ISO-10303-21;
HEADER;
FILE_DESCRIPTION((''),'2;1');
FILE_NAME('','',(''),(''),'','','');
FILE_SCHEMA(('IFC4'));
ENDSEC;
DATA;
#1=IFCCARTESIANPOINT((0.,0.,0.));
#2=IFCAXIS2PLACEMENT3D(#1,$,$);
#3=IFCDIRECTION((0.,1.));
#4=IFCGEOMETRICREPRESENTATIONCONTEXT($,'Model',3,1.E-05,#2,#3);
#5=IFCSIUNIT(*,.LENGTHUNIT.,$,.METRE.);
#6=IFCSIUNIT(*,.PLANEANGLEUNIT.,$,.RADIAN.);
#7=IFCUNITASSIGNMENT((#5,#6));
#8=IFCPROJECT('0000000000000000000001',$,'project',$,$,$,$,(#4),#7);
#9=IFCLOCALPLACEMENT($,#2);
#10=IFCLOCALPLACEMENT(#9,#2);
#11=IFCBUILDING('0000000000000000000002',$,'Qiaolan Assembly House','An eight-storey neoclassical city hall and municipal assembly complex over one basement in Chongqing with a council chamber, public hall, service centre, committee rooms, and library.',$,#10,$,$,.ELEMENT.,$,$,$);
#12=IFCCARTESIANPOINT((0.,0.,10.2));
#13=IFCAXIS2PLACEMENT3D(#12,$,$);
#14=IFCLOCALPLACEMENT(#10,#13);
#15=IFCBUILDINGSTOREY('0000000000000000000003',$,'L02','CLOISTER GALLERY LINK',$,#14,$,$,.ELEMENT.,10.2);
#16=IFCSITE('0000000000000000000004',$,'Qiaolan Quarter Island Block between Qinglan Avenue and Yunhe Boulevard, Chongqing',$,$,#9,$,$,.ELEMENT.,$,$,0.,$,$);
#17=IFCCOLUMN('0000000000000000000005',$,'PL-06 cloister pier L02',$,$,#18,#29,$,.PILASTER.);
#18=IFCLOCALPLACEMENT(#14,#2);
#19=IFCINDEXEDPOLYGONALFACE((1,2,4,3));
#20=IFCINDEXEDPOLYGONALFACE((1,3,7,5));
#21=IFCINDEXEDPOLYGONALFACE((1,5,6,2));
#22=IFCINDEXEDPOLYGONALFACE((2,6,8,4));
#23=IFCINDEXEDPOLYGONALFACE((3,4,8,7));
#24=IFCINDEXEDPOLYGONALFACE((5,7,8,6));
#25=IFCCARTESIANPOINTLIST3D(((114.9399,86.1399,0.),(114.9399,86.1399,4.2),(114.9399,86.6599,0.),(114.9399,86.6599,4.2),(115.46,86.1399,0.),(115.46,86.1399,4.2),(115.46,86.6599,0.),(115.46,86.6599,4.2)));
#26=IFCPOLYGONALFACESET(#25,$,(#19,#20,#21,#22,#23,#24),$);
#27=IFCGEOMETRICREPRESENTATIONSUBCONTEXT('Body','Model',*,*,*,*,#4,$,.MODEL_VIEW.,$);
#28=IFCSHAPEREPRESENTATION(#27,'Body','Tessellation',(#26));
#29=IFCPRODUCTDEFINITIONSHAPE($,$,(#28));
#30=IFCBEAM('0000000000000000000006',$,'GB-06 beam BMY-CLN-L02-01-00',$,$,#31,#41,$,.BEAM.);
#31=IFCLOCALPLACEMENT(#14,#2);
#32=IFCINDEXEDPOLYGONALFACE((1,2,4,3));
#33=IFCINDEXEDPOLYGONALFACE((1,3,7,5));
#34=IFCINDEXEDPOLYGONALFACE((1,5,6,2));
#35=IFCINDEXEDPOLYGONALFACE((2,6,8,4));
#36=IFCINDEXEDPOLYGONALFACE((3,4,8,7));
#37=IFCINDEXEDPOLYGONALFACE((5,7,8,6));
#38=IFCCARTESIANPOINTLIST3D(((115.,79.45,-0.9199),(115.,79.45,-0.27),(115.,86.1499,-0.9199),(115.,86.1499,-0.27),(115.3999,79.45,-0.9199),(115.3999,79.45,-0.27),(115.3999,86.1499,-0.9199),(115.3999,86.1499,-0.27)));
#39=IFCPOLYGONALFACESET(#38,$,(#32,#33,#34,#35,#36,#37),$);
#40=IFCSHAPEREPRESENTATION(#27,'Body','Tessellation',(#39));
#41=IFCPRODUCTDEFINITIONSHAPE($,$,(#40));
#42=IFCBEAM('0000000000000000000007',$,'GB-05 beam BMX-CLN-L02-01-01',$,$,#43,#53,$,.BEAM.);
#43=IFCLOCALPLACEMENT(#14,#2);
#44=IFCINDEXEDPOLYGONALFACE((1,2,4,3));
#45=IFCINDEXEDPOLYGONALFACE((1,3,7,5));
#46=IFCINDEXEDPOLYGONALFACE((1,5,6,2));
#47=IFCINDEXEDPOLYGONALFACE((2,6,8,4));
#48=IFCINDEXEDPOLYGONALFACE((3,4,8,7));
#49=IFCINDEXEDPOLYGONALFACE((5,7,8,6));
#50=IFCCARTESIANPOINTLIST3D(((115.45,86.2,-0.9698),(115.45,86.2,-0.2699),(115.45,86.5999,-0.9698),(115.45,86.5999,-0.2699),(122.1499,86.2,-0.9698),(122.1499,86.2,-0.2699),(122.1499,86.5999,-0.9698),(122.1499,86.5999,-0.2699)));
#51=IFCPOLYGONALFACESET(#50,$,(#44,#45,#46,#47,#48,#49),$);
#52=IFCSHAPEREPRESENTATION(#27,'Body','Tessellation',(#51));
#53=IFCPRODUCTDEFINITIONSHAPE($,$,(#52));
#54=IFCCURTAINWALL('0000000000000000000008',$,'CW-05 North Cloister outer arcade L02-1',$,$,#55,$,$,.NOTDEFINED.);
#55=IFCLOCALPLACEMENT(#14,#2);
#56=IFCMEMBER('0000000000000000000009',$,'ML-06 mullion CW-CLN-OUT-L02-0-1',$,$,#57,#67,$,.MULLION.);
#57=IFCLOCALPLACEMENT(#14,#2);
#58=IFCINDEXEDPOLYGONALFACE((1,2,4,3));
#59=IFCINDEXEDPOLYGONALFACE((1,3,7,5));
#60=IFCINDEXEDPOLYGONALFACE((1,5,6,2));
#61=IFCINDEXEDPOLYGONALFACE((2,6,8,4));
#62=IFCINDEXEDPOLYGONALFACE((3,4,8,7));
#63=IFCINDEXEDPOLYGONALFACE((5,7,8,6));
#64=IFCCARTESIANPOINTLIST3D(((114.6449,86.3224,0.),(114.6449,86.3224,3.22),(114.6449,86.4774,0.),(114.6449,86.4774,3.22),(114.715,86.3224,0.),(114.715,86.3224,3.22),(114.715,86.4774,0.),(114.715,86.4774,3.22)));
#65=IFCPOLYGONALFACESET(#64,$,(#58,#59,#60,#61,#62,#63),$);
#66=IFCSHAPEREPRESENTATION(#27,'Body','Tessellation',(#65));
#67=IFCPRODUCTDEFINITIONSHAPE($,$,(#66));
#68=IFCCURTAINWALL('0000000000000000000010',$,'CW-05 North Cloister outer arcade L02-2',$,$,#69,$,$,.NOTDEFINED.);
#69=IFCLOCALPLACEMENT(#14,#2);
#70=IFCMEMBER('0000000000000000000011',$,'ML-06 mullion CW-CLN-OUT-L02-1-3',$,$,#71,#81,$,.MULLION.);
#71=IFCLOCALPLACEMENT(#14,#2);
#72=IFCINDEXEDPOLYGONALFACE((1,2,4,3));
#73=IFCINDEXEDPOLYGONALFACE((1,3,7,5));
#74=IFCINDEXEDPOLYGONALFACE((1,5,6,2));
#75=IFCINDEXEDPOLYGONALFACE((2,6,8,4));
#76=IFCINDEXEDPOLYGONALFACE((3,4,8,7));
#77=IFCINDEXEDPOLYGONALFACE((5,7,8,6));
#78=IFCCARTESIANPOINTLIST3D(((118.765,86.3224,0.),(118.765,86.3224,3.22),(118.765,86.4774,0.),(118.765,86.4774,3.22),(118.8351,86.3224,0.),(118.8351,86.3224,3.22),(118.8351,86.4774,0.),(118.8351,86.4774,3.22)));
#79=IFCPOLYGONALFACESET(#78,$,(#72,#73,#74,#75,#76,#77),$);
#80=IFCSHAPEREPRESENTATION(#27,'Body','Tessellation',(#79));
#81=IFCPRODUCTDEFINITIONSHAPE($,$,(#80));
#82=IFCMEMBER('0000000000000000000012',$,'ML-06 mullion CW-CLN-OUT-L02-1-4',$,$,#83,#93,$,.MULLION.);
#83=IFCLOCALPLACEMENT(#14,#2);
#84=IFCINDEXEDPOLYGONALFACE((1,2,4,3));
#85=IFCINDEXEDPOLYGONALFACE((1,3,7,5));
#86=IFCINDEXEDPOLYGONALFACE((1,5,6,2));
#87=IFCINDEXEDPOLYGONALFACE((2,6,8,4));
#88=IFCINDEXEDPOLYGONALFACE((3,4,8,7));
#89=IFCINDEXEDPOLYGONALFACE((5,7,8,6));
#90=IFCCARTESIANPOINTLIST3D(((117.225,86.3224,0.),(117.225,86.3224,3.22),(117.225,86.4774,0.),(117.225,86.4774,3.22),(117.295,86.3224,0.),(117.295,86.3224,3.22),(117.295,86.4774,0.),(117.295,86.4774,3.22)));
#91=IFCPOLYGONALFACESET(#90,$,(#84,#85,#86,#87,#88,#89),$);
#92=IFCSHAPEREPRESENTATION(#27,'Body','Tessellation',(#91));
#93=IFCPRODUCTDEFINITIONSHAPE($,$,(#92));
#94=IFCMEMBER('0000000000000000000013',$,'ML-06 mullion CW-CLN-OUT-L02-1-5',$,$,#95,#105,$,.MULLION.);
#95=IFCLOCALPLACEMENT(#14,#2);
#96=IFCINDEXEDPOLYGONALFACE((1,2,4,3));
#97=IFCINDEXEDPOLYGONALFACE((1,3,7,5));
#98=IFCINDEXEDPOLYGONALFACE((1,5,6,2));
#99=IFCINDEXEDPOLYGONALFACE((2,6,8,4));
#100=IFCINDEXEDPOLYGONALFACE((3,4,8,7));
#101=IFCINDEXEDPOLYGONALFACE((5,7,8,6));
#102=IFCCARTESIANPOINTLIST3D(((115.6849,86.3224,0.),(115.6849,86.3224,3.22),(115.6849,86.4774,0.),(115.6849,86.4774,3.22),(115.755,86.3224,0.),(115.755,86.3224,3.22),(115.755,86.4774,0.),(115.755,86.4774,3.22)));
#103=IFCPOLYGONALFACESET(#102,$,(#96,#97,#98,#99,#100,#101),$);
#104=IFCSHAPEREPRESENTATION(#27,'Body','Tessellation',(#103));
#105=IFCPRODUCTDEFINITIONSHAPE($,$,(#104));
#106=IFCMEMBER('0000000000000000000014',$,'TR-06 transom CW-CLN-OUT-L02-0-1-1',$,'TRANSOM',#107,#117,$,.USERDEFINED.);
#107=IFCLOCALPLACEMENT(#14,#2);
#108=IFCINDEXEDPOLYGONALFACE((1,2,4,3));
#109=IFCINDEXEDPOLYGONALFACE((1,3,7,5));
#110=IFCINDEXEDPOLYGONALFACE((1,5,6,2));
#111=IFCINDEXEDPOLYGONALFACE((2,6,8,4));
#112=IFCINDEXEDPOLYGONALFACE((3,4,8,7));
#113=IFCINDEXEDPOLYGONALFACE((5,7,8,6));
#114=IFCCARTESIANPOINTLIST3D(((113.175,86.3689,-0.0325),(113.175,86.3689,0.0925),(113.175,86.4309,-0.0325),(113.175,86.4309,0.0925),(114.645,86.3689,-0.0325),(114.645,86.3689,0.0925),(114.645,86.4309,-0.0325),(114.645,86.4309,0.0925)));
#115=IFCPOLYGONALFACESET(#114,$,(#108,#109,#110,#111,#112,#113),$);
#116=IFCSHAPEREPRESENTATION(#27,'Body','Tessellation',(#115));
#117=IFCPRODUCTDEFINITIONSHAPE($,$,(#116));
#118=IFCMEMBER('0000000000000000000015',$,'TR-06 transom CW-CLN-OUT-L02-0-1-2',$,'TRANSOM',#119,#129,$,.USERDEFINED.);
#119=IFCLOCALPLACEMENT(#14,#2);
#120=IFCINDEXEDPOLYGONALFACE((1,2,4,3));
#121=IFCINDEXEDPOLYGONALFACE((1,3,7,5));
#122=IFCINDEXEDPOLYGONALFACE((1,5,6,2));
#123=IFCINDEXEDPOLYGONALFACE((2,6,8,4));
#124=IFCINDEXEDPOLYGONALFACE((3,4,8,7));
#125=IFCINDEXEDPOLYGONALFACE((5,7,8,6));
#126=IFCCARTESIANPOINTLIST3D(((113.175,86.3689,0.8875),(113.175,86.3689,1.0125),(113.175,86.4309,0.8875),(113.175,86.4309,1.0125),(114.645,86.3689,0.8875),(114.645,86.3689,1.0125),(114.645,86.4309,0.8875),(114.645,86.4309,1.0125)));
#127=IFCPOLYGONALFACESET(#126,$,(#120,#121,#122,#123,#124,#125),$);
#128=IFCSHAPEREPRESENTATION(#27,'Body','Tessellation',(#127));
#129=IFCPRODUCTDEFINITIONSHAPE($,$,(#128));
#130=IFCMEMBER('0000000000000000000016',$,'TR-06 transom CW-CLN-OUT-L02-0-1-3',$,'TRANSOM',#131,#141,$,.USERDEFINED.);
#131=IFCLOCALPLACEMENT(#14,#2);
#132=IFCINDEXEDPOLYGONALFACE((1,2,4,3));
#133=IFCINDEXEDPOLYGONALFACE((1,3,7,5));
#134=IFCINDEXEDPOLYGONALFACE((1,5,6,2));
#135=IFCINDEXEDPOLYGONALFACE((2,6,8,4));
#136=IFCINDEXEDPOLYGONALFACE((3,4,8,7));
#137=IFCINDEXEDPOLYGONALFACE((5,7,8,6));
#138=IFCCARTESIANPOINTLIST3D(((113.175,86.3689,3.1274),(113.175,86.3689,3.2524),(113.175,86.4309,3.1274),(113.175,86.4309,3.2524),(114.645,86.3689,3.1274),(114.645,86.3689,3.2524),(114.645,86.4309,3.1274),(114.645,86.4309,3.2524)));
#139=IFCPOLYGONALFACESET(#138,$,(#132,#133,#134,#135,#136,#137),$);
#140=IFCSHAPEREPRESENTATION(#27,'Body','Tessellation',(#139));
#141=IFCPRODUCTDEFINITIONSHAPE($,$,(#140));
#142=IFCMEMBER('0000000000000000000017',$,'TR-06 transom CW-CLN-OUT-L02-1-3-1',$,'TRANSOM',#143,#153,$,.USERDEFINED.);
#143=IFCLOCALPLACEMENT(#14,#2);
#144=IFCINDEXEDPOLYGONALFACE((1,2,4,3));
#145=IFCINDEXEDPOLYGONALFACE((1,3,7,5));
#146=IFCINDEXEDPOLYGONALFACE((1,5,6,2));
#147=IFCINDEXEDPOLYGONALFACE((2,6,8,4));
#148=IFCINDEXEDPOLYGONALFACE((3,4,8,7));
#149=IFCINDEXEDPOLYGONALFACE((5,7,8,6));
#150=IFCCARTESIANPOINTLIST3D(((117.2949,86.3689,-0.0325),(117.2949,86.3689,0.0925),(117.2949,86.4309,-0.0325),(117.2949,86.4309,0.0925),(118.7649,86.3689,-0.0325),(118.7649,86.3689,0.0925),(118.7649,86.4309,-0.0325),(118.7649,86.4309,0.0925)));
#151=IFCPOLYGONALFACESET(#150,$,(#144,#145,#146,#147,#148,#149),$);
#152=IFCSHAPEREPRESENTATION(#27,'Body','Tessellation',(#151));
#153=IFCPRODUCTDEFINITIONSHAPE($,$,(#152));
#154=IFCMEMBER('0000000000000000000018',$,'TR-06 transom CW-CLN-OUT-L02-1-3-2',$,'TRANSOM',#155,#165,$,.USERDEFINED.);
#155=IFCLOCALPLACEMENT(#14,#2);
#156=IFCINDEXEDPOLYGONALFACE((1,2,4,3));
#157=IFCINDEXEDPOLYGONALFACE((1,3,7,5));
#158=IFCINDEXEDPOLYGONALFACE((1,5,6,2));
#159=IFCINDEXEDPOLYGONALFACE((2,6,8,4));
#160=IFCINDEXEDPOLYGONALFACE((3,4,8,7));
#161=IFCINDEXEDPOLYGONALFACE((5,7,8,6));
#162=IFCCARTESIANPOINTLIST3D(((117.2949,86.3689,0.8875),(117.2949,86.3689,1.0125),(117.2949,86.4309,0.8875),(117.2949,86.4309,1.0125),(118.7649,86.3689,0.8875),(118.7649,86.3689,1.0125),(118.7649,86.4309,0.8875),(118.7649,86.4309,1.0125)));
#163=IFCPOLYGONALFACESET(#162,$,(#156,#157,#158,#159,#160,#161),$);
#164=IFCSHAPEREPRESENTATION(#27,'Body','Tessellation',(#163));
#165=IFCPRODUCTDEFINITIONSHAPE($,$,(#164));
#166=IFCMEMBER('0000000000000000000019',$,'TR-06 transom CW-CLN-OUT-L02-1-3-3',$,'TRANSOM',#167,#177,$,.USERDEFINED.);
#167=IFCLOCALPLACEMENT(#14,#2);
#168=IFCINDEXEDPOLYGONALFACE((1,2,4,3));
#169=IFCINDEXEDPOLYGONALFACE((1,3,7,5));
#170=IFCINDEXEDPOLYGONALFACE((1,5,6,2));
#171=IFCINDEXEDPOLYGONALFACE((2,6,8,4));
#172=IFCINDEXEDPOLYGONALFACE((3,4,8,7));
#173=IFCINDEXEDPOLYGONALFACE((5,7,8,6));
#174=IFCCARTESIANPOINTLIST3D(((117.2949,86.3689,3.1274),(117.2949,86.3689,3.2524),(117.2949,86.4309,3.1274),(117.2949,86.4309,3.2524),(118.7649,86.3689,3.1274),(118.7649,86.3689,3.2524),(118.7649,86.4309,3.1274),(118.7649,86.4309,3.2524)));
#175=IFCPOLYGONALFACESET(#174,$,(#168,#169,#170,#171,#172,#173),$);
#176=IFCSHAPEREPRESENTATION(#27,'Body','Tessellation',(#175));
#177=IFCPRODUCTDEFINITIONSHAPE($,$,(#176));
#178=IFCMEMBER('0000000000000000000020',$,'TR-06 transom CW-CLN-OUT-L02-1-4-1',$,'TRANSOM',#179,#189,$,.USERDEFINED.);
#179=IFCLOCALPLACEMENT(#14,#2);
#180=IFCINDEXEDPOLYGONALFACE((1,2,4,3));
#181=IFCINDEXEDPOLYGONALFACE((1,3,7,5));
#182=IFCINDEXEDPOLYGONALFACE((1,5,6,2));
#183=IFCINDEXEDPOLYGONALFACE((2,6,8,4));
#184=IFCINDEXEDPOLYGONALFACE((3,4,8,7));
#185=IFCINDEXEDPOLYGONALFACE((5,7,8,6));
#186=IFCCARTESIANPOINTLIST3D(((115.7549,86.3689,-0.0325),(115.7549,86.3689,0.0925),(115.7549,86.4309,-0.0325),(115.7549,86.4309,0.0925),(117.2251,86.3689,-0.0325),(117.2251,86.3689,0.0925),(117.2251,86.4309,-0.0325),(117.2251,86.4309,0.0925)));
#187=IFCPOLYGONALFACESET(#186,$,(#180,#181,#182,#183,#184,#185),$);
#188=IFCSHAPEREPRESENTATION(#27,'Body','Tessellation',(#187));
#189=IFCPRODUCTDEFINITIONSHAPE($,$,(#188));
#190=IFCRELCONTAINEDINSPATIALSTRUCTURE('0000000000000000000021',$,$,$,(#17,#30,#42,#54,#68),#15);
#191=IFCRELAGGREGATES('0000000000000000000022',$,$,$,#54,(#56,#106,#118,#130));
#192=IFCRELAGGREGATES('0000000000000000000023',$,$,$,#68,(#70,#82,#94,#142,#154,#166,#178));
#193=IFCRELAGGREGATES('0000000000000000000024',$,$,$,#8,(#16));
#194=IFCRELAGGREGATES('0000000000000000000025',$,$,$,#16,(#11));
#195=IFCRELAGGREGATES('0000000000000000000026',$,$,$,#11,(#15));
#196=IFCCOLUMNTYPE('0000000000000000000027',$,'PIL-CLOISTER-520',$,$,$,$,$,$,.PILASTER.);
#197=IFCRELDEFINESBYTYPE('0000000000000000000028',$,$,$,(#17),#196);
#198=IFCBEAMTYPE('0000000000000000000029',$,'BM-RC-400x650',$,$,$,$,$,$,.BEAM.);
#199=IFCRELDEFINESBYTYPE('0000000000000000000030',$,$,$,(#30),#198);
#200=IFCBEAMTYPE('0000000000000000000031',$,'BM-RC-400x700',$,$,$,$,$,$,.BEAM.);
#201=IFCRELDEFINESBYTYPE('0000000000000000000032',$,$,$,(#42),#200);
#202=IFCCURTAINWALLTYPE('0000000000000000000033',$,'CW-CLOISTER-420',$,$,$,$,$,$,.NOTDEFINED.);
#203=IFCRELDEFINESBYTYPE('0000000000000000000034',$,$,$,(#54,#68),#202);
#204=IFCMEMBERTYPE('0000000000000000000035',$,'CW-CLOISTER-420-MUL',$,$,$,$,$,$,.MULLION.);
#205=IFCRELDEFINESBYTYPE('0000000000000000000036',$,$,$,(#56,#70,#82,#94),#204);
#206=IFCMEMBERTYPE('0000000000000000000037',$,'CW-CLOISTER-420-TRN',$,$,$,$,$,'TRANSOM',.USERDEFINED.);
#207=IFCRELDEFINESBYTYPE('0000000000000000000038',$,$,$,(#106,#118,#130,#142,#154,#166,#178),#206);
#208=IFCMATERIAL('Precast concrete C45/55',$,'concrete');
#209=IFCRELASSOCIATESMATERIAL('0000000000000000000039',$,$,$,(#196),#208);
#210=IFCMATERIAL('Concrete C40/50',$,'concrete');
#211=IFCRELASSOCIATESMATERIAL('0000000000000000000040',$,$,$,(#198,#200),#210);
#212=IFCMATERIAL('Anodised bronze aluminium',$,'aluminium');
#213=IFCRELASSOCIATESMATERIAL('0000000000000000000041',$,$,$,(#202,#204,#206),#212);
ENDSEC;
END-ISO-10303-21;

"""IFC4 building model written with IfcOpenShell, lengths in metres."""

from ifc_helpers import new_model, si_unit, direction, frame, origin, origin_2d, place, context, subcontext, project, spatial, rectangle, extrude, material, material_profile, profile_set, type_object, element, aggregate, save


model = new_model("IFC4")

# Units and contexts
model_context = context("Model", 3, precision=1e-05, world=origin(), true_north=direction((0.0, 1.0)))
body_context = subcontext(model_context, "Body", "Model", "MODEL_VIEW")
ifc_project = project(units=[si_unit("LENGTHUNIT", "METRE"), si_unit("PLANEANGLEUNIT", "RADIAN")], contexts=[model_context])

# Site, building, storey
site_placement = place(None, origin())
site = spatial("IfcSite", under=ifc_project, at=site_placement, Name="Qiaolan Quarter Island Block between Qinglan Avenue and Yunhe Boulevard, Chongqing", CompositionType="ELEMENT", RefElevation=0.0)
building_placement = place(site_placement, origin())
building = spatial("IfcBuilding", under=site, at=building_placement, Name="Qiaolan Assembly House", Description="An eight-storey neoclassical city hall and municipal assembly complex over one basement in Chongqing with a council chamber, public hall, service centre, committee rooms, and library.", CompositionType="ELEMENT")
storey_placement = place(building_placement, frame((0.0, 0.0, 10.2)))
storey = spatial("IfcBuildingStorey", under=building, at=storey_placement, Name="L02", Description="CLOISTER GALLERY LINK", CompositionType="ELEMENT", Elevation=10.2)

# Column
ifc_material_1 = material(Name="Precast concrete C45/55", Category="concrete")
ifc_material_profile_1 = material_profile(ifc_material_1, rectangle(XDim=0.52, YDim=0.52, at=origin_2d()), Name="PIL 520x520")
ifc_profile_set_1 = profile_set([ifc_material_profile_1], Name="Precast concrete C45/55")
column_type = type_object("IfcColumnType", Name="PIL-CLOISTER-520", PredefinedType="PILASTER", material=ifc_profile_set_1)
column_placement = place(storey_placement, frame((115.2, 86.3999, 0.0), z_axis=(0.0, 0.0, 1.0), x_axis=(1.0, 0.0, 0.0)))
element("IfcColumn", 1, at=column_placement, inside=storey, type_object=column_type, Name="PL-06 cloister pier L02", PredefinedType="PILASTER", context=body_context, shape_type="SweptSolid", body=[
    extrude(rectangle(XDim=0.52, YDim=0.52, at=origin_2d()), origin(), (0.0, 0.0, 1.0), 4.2),
])

# Beams
ifc_material_2 = material(Name="Concrete C40/50", Category="concrete")
ifc_material_profile_2 = material_profile(ifc_material_2, rectangle(XDim=0.3999, YDim=0.6499, at=origin_2d()), Name="RCB 400x650")
ifc_profile_set_2 = profile_set([ifc_material_profile_2], Name="Concrete C40/50")
beam_type_1 = type_object("IfcBeamType", Name="BM-RC-400x650", PredefinedType="BEAM", material=ifc_profile_set_2)
beam_1_placement = place(storey_placement, frame((115.2, 79.45, -0.595), z_axis=(0.0, 1.0, 0.0), x_axis=(-1.0, 0.0, 0.0)))
element("IfcBeam", 2, at=beam_1_placement, inside=storey, type_object=beam_type_1, Name="GB-06 beam BMY-CLN-L02-01-00", PredefinedType="BEAM", context=body_context, shape_type="SweptSolid", body=[
    extrude(rectangle(XDim=0.3999, YDim=0.6499, at=origin_2d()), origin(), (0.0, 0.0, 1.0), 6.7),
])
ifc_material_profile_3 = material_profile(ifc_material_2, rectangle(XDim=0.3999, YDim=0.7, at=origin_2d()), Name="RCB 400x700")
ifc_profile_set_3 = profile_set([ifc_material_profile_3], Name="Concrete C40/50")
beam_type_2 = type_object("IfcBeamType", Name="BM-RC-400x700", PredefinedType="BEAM", material=ifc_profile_set_3)
beam_2_placement = place(storey_placement, frame((115.45, 86.3999, -0.6199), z_axis=(1.0, 0.0, 0.0), x_axis=(0.0, 1.0, 0.0)))
element("IfcBeam", 3, at=beam_2_placement, inside=storey, type_object=beam_type_2, Name="GB-05 beam BMX-CLN-L02-01-01", PredefinedType="BEAM", context=body_context, shape_type="SweptSolid", body=[
    extrude(rectangle(XDim=0.3999, YDim=0.7, at=origin_2d()), origin(), (0.0, 0.0, 1.0), 6.7),
])

# Curtain wall, member
ifc_material_3 = material(Name="Anodised bronze aluminium", Category="aluminium")
curtain_wall_type = type_object("IfcCurtainWallType", Name="CW-CLOISTER-420", PredefinedType="NOTDEFINED", material=ifc_material_3)
curtain_wall_1_placement = place(storey_placement, origin())
curtain_wall_1 = element("IfcCurtainWall", 4, at=curtain_wall_1_placement, inside=storey, type_object=curtain_wall_type, Name="CW-05 North Cloister outer arcade L02-1", PredefinedType="NOTDEFINED")
ifc_material_profile_4 = material_profile(ifc_material_3, rectangle(XDim=0.0701, YDim=0.155, at=origin_2d()), Name="MUL 70x155")
ifc_profile_set_4 = profile_set([ifc_material_profile_4], Name="Anodised bronze aluminium")
member_type_1 = type_object("IfcMemberType", Name="CW-CLOISTER-420-MUL", PredefinedType="MULLION", material=ifc_profile_set_4)
member_1_placement = place(storey_placement, frame((114.6799, 86.3999, 0.0), z_axis=(0.0, 0.0, 1.0), x_axis=(-1.0, 0.0, 0.0)))
member_1 = element("IfcMember", 5, at=member_1_placement, type_object=member_type_1, Name="ML-06 mullion CW-CLN-OUT-L02-0-1", PredefinedType="MULLION", context=body_context, shape_type="SweptSolid", body=[
    extrude(rectangle(XDim=0.0701, YDim=0.155, at=origin_2d()), origin(), (0.0, 0.0, 1.0), 3.22),
])

# Curtain wall, members
curtain_wall_2_placement = place(storey_placement, origin())
curtain_wall_2 = element("IfcCurtainWall", 6, at=curtain_wall_2_placement, inside=storey, type_object=curtain_wall_type, Name="CW-05 North Cloister outer arcade L02-2", PredefinedType="NOTDEFINED")
member_2_placement = place(storey_placement, frame((118.8, 86.3999, 0.0), z_axis=(0.0, 0.0, 1.0), x_axis=(-1.0, 0.0, 0.0)))
member_2 = element("IfcMember", 7, at=member_2_placement, type_object=member_type_1, Name="ML-06 mullion CW-CLN-OUT-L02-1-3", PredefinedType="MULLION", context=body_context, shape_type="SweptSolid", body=[
    extrude(rectangle(XDim=0.0701, YDim=0.155, at=origin_2d()), origin(), (0.0, 0.0, 1.0), 3.22),
])
member_3_placement = place(storey_placement, frame((117.26, 86.3999, 0.0), z_axis=(0.0, 0.0, 1.0), x_axis=(-1.0, 0.0, 0.0)))
member_3 = element("IfcMember", 8, at=member_3_placement, type_object=member_type_1, Name="ML-06 mullion CW-CLN-OUT-L02-1-4", PredefinedType="MULLION", context=body_context, shape_type="SweptSolid", body=[
    extrude(rectangle(XDim=0.0701, YDim=0.155, at=origin_2d()), origin(), (0.0, 0.0, 1.0), 3.22),
])
member_4_placement = place(storey_placement, frame((115.72, 86.3999, 0.0), z_axis=(0.0, 0.0, 1.0), x_axis=(-1.0, 0.0, 0.0)))
member_4 = element("IfcMember", 9, at=member_4_placement, type_object=member_type_1, Name="ML-06 mullion CW-CLN-OUT-L02-1-5", PredefinedType="MULLION", context=body_context, shape_type="SweptSolid", body=[
    extrude(rectangle(XDim=0.0701, YDim=0.155, at=origin_2d()), origin(), (0.0, 0.0, 1.0), 3.22),
])

# Members
ifc_material_profile_5 = material_profile(ifc_material_3, rectangle(XDim=0.062, YDim=0.125, at=origin_2d()), Name="TRN 62x125")
ifc_profile_set_5 = profile_set([ifc_material_profile_5], Name="Anodised bronze aluminium")
member_type_2 = type_object("IfcMemberType", Name="CW-CLOISTER-420-TRN", ElementType="TRANSOM", PredefinedType="USERDEFINED", material=ifc_profile_set_5)
member_5_placement = place(storey_placement, frame((114.645, 86.3999, 0.03), z_axis=(-1.0, 0.0, 0.0), x_axis=(0.0, -1.0, 0.0)))
member_5 = element("IfcMember", 10, at=member_5_placement, type_object=member_type_2, Name="TR-06 transom CW-CLN-OUT-L02-0-1-1", ObjectType="TRANSOM", PredefinedType="USERDEFINED", context=body_context, shape_type="SweptSolid", body=[
    extrude(rectangle(XDim=0.062, YDim=0.125, at=origin_2d()), origin(), (0.0, 0.0, 1.0), 1.47),
])
member_6_placement = place(storey_placement, frame((114.645, 86.3999, 0.95), z_axis=(-1.0, 0.0, 0.0), x_axis=(0.0, -1.0, 0.0)))
member_6 = element("IfcMember", 11, at=member_6_placement, type_object=member_type_2, Name="TR-06 transom CW-CLN-OUT-L02-0-1-2", ObjectType="TRANSOM", PredefinedType="USERDEFINED", context=body_context, shape_type="SweptSolid", body=[
    extrude(rectangle(XDim=0.062, YDim=0.125, at=origin_2d()), origin(), (0.0, 0.0, 1.0), 1.47),
])
member_7_placement = place(storey_placement, frame((114.645, 86.3999, 3.1899), z_axis=(-1.0, 0.0, 0.0), x_axis=(0.0, -1.0, 0.0)))
member_7 = element("IfcMember", 12, at=member_7_placement, type_object=member_type_2, Name="TR-06 transom CW-CLN-OUT-L02-0-1-3", ObjectType="TRANSOM", PredefinedType="USERDEFINED", context=body_context, shape_type="SweptSolid", body=[
    extrude(rectangle(XDim=0.062, YDim=0.125, at=origin_2d()), origin(), (0.0, 0.0, 1.0), 1.47),
])
member_8_placement = place(storey_placement, frame((118.7649, 86.3999, 0.03), z_axis=(-1.0, 0.0, 0.0), x_axis=(0.0, -1.0, 0.0)))
member_8 = element("IfcMember", 13, at=member_8_placement, type_object=member_type_2, Name="TR-06 transom CW-CLN-OUT-L02-1-3-1", ObjectType="TRANSOM", PredefinedType="USERDEFINED", context=body_context, shape_type="SweptSolid", body=[
    extrude(rectangle(XDim=0.062, YDim=0.125, at=origin_2d()), origin(), (0.0, 0.0, 1.0), 1.47),
])
member_9_placement = place(storey_placement, frame((118.7649, 86.3999, 0.95), z_axis=(-1.0, 0.0, 0.0), x_axis=(0.0, -1.0, 0.0)))
member_9 = element("IfcMember", 14, at=member_9_placement, type_object=member_type_2, Name="TR-06 transom CW-CLN-OUT-L02-1-3-2", ObjectType="TRANSOM", PredefinedType="USERDEFINED", context=body_context, shape_type="SweptSolid", body=[
    extrude(rectangle(XDim=0.062, YDim=0.125, at=origin_2d()), origin(), (0.0, 0.0, 1.0), 1.47),
])
member_10_placement = place(storey_placement, frame((118.7649, 86.3999, 3.1899), z_axis=(-1.0, 0.0, 0.0), x_axis=(0.0, -1.0, 0.0)))
member_10 = element("IfcMember", 15, at=member_10_placement, type_object=member_type_2, Name="TR-06 transom CW-CLN-OUT-L02-1-3-3", ObjectType="TRANSOM", PredefinedType="USERDEFINED", context=body_context, shape_type="SweptSolid", body=[
    extrude(rectangle(XDim=0.062, YDim=0.125, at=origin_2d()), origin(), (0.0, 0.0, 1.0), 1.47),
])
member_11_placement = place(storey_placement, frame((117.2251, 86.3999, 0.03), z_axis=(-1.0, 0.0, 0.0), x_axis=(0.0, -1.0, 0.0)))
member_11 = element("IfcMember", 16, at=member_11_placement, type_object=member_type_2, Name="TR-06 transom CW-CLN-OUT-L02-1-4-1", ObjectType="TRANSOM", PredefinedType="USERDEFINED", context=body_context, shape_type="SweptSolid", body=[
    extrude(rectangle(XDim=0.062, YDim=0.125, at=origin_2d()), origin(), (0.0, 0.0, 1.0), 1.4702),
])

aggregate(curtain_wall_1, [member_1, member_5, member_6, member_7])
aggregate(curtain_wall_2, [member_2, member_3, member_4, member_8, member_9, member_10, member_11])

save(model, "model.ifc")
